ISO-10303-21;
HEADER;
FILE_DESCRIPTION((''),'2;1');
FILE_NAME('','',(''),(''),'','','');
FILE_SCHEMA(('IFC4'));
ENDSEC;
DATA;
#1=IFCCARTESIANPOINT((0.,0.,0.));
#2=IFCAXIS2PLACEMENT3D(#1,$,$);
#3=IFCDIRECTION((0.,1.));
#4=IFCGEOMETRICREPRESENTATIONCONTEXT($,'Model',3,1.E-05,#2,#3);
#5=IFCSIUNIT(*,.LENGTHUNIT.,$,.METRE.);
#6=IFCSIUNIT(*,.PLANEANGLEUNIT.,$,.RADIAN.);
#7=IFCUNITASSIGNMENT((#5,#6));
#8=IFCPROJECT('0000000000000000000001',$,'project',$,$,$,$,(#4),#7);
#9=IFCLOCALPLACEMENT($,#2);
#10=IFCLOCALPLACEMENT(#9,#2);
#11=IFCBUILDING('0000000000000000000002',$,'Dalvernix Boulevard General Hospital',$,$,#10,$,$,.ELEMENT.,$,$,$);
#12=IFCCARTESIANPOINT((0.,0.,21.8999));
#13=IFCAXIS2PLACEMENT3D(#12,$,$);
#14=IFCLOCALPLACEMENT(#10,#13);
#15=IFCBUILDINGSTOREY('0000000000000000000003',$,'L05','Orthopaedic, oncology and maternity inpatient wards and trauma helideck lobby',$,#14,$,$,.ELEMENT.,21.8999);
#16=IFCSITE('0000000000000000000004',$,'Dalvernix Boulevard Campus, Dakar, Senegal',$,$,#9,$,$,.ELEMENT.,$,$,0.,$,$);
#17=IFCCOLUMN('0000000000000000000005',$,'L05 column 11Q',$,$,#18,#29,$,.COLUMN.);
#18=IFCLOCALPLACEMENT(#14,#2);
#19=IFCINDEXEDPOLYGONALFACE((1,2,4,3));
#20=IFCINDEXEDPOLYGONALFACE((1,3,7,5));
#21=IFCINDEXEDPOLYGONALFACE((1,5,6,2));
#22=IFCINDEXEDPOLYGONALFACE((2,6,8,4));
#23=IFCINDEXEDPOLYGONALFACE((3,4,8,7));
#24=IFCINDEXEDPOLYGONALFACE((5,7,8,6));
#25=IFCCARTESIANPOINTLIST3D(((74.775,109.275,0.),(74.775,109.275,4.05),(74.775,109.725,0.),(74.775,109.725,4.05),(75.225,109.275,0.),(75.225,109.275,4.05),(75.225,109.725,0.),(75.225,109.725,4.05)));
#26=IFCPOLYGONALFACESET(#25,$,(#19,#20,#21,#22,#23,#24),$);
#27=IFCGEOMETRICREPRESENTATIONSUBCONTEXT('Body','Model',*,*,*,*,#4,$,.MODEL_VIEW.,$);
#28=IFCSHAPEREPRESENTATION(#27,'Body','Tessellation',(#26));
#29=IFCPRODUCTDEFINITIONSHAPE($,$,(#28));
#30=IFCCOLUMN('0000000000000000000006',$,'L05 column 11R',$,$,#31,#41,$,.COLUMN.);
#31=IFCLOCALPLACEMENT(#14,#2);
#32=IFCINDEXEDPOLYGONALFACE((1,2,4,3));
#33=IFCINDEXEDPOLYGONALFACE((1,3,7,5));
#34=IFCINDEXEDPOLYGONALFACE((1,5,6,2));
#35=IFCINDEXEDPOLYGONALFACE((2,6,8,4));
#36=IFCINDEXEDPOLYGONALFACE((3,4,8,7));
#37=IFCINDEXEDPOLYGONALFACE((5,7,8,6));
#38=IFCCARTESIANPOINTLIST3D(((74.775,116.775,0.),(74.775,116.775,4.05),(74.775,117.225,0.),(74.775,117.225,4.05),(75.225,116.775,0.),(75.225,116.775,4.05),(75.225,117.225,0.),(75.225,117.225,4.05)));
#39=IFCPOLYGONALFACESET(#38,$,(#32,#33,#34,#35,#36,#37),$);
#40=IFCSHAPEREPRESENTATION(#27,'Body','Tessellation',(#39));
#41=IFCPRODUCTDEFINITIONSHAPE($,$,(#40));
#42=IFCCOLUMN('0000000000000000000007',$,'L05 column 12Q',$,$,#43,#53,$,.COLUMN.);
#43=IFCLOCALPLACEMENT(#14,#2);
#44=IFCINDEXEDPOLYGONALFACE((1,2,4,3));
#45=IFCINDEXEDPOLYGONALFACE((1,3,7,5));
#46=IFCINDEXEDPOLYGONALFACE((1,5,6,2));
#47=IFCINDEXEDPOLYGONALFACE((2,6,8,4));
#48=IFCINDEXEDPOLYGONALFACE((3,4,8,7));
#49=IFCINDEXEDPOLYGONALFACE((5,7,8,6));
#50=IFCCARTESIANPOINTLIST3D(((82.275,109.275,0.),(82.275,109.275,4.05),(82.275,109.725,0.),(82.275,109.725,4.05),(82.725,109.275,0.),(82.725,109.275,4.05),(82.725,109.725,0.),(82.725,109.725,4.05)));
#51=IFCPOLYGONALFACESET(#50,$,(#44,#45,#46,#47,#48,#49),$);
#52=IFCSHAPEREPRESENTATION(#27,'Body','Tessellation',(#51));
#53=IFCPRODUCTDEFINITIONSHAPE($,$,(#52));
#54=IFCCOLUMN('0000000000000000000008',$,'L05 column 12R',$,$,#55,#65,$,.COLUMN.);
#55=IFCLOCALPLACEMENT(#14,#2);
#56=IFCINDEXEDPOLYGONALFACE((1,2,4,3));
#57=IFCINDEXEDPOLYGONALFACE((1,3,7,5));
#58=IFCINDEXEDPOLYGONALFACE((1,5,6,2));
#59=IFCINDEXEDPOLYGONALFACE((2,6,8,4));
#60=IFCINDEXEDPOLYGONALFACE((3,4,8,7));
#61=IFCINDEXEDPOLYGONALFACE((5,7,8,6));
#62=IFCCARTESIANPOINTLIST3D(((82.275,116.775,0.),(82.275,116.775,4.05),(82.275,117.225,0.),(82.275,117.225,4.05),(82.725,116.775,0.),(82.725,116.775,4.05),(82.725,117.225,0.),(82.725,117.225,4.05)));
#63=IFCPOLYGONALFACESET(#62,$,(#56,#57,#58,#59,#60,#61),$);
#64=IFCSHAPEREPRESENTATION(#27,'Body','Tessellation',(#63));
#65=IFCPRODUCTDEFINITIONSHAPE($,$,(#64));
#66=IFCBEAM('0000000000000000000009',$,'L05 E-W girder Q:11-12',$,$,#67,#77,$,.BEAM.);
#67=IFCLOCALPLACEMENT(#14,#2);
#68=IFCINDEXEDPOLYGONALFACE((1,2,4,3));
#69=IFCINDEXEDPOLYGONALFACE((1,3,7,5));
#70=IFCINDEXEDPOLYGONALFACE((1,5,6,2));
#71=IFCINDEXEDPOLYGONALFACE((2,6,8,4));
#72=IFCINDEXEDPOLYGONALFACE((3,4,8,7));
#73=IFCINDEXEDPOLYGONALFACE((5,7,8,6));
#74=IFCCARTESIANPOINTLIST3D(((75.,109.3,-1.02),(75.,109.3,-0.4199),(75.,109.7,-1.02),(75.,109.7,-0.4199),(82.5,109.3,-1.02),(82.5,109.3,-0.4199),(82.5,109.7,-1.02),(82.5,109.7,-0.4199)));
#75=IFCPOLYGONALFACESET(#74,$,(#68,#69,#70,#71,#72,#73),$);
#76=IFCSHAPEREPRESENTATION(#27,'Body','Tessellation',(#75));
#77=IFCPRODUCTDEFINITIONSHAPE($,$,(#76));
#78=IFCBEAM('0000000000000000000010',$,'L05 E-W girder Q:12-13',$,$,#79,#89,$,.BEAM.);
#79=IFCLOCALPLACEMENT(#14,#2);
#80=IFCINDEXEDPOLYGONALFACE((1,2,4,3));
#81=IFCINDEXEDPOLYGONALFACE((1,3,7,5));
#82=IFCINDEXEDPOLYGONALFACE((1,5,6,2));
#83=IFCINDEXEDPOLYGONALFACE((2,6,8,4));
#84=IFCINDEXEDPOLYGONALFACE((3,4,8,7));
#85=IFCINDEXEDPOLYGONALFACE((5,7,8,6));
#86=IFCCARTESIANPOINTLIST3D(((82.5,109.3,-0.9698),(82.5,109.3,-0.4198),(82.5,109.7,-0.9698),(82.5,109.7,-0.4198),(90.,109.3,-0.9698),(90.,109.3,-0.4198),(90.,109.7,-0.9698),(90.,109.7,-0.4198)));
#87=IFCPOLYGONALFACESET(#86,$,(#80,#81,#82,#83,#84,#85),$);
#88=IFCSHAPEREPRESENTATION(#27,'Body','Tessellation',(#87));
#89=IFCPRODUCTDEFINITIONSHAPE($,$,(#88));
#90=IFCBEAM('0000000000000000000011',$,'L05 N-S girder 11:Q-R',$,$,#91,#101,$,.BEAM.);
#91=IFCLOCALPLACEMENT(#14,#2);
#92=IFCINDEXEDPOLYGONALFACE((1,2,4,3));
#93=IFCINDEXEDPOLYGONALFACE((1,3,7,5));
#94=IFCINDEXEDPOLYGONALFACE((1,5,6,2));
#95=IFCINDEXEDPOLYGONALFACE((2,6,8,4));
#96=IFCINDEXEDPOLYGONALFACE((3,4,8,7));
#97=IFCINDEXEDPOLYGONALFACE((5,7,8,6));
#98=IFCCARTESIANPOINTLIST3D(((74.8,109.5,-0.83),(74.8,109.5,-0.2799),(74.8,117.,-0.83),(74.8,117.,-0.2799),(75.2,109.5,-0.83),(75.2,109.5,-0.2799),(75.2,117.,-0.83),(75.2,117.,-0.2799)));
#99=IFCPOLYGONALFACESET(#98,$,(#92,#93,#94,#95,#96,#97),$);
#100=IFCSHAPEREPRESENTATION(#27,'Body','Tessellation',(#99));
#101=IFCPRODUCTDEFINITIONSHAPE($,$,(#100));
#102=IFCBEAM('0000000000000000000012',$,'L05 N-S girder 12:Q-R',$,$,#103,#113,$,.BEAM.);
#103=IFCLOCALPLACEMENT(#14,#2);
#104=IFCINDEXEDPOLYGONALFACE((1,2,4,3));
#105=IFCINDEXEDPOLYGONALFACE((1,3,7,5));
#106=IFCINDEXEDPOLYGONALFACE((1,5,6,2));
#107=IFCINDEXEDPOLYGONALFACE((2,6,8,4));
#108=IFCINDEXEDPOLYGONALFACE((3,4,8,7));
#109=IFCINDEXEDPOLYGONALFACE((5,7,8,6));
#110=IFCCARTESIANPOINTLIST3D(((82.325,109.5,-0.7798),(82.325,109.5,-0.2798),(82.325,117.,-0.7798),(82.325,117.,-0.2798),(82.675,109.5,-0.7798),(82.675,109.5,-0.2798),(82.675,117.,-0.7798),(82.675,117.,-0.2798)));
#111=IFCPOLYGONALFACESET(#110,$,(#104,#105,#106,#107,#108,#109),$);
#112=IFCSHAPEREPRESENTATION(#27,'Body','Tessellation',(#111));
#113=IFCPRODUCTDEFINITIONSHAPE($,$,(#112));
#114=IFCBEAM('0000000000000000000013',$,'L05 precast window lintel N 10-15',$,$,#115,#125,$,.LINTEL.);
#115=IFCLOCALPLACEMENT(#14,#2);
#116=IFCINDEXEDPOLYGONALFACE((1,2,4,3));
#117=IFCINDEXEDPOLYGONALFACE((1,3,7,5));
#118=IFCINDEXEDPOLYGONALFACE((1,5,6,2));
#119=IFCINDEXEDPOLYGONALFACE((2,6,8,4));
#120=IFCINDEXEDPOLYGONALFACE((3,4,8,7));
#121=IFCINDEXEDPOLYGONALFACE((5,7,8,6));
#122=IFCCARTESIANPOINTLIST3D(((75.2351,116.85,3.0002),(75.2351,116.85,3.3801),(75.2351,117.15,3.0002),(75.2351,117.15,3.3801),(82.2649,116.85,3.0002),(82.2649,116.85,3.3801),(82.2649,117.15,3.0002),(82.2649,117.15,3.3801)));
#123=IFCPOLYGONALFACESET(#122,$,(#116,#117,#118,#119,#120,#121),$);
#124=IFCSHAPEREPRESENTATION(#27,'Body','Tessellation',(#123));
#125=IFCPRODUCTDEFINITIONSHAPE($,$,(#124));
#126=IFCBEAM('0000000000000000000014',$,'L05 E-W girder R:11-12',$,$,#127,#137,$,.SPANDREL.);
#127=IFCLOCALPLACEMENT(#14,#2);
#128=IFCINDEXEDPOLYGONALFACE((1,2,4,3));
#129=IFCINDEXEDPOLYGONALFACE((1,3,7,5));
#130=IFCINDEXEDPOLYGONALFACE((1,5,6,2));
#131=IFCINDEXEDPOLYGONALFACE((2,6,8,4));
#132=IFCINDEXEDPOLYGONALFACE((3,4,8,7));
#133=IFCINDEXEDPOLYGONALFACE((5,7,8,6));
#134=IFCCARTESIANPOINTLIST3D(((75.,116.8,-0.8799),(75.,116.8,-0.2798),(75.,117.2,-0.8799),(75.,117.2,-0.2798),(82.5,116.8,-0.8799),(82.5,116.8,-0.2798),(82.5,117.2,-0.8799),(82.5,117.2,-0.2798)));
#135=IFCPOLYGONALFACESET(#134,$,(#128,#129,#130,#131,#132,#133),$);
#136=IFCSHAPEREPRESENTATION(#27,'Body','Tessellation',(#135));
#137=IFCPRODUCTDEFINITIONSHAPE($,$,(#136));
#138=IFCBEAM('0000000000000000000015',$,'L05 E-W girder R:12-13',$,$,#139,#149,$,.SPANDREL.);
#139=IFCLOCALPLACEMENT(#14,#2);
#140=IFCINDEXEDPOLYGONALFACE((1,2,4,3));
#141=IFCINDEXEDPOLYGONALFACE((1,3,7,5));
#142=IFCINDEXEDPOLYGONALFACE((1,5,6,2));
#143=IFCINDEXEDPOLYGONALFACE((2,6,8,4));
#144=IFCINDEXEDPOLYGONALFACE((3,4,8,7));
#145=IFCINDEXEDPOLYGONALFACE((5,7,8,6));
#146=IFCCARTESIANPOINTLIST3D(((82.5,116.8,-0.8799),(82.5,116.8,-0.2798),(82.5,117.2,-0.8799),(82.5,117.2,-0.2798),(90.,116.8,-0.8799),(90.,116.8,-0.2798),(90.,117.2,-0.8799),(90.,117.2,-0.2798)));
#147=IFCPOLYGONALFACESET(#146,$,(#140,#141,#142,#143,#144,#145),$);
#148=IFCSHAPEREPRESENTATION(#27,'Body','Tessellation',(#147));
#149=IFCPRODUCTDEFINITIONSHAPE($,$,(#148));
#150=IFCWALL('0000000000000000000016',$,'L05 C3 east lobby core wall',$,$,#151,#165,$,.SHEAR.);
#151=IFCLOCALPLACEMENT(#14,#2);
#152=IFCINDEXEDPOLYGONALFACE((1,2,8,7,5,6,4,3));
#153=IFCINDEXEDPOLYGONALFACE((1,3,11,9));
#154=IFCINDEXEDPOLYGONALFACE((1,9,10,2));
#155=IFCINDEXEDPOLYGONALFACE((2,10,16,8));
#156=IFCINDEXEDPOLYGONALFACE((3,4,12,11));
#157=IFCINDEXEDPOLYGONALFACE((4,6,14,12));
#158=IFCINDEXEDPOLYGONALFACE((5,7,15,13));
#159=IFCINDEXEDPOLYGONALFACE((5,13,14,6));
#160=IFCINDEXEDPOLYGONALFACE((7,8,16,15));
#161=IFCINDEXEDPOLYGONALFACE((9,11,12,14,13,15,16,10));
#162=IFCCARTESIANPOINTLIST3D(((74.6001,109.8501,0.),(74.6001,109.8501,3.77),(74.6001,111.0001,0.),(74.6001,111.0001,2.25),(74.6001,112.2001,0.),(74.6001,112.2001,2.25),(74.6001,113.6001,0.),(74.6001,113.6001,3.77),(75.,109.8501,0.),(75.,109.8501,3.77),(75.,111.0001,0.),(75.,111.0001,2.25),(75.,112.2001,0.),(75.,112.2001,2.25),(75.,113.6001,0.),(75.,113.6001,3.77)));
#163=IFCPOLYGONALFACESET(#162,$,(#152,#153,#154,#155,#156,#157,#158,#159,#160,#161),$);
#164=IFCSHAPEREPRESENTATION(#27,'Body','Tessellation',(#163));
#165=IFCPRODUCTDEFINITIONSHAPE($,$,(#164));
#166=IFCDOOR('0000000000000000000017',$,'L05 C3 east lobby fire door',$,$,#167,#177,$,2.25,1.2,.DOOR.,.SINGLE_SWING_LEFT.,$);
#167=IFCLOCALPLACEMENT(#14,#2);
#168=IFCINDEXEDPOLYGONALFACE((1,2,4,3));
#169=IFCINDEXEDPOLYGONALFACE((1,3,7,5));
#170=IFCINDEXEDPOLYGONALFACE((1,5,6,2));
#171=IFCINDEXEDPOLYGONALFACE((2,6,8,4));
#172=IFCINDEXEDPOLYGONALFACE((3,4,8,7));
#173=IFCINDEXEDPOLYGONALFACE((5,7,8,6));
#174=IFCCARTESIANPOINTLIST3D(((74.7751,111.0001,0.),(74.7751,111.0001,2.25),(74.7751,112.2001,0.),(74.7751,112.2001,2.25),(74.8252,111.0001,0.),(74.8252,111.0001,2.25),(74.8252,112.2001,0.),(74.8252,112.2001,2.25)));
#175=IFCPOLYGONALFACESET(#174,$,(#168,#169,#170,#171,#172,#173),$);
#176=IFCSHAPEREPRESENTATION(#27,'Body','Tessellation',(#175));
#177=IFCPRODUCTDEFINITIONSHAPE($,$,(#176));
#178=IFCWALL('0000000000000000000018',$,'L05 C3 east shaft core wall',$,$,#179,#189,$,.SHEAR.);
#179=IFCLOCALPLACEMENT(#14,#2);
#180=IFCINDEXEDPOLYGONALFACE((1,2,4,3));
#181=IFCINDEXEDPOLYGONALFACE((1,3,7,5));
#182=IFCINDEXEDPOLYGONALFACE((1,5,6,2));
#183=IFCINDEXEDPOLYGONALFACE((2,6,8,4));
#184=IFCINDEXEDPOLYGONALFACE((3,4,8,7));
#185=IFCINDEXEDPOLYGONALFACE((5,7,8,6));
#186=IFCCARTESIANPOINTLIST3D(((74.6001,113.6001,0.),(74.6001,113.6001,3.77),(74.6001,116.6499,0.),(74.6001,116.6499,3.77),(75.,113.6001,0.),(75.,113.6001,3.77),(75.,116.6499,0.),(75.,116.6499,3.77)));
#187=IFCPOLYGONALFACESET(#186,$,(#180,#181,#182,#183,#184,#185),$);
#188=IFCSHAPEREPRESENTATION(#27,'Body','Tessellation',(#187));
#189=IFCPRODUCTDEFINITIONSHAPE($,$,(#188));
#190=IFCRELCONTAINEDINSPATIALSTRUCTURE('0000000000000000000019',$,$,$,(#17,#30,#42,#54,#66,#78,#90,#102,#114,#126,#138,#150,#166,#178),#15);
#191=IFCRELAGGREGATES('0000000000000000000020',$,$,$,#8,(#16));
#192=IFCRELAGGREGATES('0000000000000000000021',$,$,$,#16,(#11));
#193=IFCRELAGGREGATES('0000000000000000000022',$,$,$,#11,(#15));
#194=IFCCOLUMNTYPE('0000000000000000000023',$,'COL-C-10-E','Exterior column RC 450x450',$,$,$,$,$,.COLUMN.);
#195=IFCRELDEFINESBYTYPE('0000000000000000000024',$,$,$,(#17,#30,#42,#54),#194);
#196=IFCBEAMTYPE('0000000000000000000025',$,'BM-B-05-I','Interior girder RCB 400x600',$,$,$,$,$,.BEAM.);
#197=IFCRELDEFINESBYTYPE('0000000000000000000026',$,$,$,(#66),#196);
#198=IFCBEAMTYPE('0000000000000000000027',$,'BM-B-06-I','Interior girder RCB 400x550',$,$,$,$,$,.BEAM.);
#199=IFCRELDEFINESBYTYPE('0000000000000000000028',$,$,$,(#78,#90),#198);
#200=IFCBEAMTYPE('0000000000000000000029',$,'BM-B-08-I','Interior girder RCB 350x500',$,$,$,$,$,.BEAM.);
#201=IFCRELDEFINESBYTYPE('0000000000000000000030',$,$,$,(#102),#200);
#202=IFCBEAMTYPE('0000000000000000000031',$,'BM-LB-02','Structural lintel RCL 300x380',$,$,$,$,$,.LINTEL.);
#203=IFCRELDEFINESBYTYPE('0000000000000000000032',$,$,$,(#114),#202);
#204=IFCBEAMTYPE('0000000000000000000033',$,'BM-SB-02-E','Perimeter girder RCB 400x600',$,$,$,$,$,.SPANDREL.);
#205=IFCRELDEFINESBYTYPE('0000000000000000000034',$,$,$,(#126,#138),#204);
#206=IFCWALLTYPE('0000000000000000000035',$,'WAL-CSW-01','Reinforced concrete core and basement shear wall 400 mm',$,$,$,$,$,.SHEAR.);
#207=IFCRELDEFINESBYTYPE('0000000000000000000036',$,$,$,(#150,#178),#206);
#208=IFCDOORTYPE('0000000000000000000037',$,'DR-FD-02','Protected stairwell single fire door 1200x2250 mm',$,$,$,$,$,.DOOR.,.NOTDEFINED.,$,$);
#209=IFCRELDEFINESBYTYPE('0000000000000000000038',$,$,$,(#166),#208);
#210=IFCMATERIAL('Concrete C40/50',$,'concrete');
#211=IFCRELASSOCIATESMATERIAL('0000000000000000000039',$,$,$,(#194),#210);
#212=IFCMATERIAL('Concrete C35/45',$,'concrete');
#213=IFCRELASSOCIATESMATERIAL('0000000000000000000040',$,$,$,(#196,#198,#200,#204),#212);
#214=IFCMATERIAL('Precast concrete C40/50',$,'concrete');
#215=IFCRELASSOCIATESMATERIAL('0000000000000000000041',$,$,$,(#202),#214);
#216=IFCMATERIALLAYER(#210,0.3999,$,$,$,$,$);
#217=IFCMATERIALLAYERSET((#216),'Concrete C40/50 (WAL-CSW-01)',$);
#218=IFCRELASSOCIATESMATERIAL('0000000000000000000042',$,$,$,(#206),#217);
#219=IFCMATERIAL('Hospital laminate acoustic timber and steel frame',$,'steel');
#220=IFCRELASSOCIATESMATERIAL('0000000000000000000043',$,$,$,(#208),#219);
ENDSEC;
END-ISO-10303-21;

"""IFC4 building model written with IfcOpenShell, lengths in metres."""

from ifc_helpers import new_model, si_unit, direction, frame, frame_2d, origin, origin_2d, place, context, subcontext, project, spatial, rectangle, extrude, material, layer, layer_set, material_profile, profile_set, type_object, element, fill, save


model = new_model("IFC4")

# Units and contexts
model_context = context("Model", 3, precision=1e-05, world=origin(), true_north=direction((0.0, 1.0)))
body_context = subcontext(model_context, "Body", "Model", "MODEL_VIEW")
ifc_project = project(units=[si_unit("LENGTHUNIT", "METRE"), si_unit("PLANEANGLEUNIT", "RADIAN")], contexts=[model_context])

# Site, building, storey
site_placement = place(None, origin())
site = spatial("IfcSite", under=ifc_project, at=site_placement, Name="Dalvernix Boulevard Campus, Dakar, Senegal", CompositionType="ELEMENT", RefElevation=0.0)
building_placement = place(site_placement, origin())
building = spatial("IfcBuilding", under=site, at=building_placement, Name="Dalvernix Boulevard General Hospital", CompositionType="ELEMENT")
storey_placement = place(building_placement, frame((0.0, 0.0, 21.8999)))
storey = spatial("IfcBuildingStorey", under=building, at=storey_placement, Name="L05", Description="Orthopaedic, oncology and maternity inpatient wards and trauma helideck lobby", CompositionType="ELEMENT", Elevation=21.8999)

# Columns
ifc_material_1 = material(Name="Concrete C40/50", Category="concrete")
ifc_material_profile_1 = material_profile(ifc_material_1, rectangle(XDim=0.45, YDim=0.45, at=origin_2d()), Name="RC 450x450")
ifc_profile_set_1 = profile_set([ifc_material_profile_1], Name="Concrete C40/50")
column_type = type_object("IfcColumnType", Name="COL-C-10-E", Description="Exterior column RC 450x450", PredefinedType="COLUMN", material=ifc_profile_set_1)
for number, where, z_axis, x_axis, name in (
    (1, (75.0, 109.5, 0.0), (0.0, 0.0, 1.0), (1.0, 0.0, 0.0), "L05 column 11Q"),
    (2, (75.0, 117.0, 0.0), (0.0, 0.0, 1.0), (1.0, 0.0, 0.0), "L05 column 11R"),
    (3, (82.5, 109.5, 0.0), (0.0, 0.0, 1.0), (1.0, 0.0, 0.0), "L05 column 12Q"),
    (4, (82.5, 117.0, 0.0), (0.0, 0.0, 1.0), (1.0, 0.0, 0.0), "L05 column 12R"),
):
    element("IfcColumn", number, at=place(storey_placement, frame(where, z_axis=z_axis, x_axis=x_axis)), inside=storey, type_object=column_type, Name=name, PredefinedType="COLUMN", context=body_context, shape_type="SweptSolid", body=[
        extrude(rectangle(XDim=0.45, YDim=0.45, at=origin_2d()), origin(), (0.0, 0.0, 1.0), 4.05),
    ])

# Beams
ifc_material_2 = material(Name="Concrete C35/45", Category="concrete")
ifc_material_profile_2 = material_profile(ifc_material_2, rectangle(XDim=0.3999, YDim=0.6001, at=origin_2d()), Name="RCB 400x600")
ifc_profile_set_2 = profile_set([ifc_material_profile_2], Name="Concrete C35/45")
beam_type_1 = type_object("IfcBeamType", Name="BM-B-05-I", Description="Interior girder RCB 400x600", PredefinedType="BEAM", material=ifc_profile_set_2)
beam_1_placement = place(storey_placement, frame((75.0, 109.5, -0.72), z_axis=(1.0, 0.0, 0.0), x_axis=(0.0, 1.0, 0.0)))
element("IfcBeam", 5, at=beam_1_placement, inside=storey, type_object=beam_type_1, Name="L05 E-W girder Q:11-12", PredefinedType="BEAM", context=body_context, shape_type="SweptSolid", body=[
    extrude(rectangle(XDim=0.3999, YDim=0.6001, at=origin_2d()), origin(), (0.0, 0.0, 1.0), 7.5),
])
ifc_material_profile_3 = material_profile(ifc_material_2, rectangle(XDim=0.3999, YDim=0.55, at=origin_2d()), Name="RCB 400x550")
ifc_profile_set_3 = profile_set([ifc_material_profile_3], Name="Concrete C35/45")
beam_type_2 = type_object("IfcBeamType", Name="BM-B-06-I", Description="Interior girder RCB 400x550", PredefinedType="BEAM", material=ifc_profile_set_3)
for number, where, z_axis, x_axis, name in (
    (6, (82.5, 109.5, -0.6948), (1.0, 0.0, 0.0), (0.0, 1.0, 0.0), "L05 E-W girder Q:12-13"),
    (7, (75.0, 109.5, -0.5549), (0.0, 1.0, 0.0), (-1.0, 0.0, 0.0), "L05 N-S girder 11:Q-R"),
):
    element("IfcBeam", number, at=place(storey_placement, frame(where, z_axis=z_axis, x_axis=x_axis)), inside=storey, type_object=beam_type_2, Name=name, PredefinedType="BEAM", context=body_context, shape_type="SweptSolid", body=[
        extrude(rectangle(XDim=0.3999, YDim=0.55, at=origin_2d()), origin(), (0.0, 0.0, 1.0), 7.5),
    ])
ifc_material_profile_4 = material_profile(ifc_material_2, rectangle(XDim=0.3501, YDim=0.5, at=origin_2d()), Name="RCB 350x500")
ifc_profile_set_4 = profile_set([ifc_material_profile_4], Name="Concrete C35/45")
beam_type_3 = type_object("IfcBeamType", Name="BM-B-08-I", Description="Interior girder RCB 350x500", PredefinedType="BEAM", material=ifc_profile_set_4)
beam_2_placement = place(storey_placement, frame((82.5, 109.5, -0.5298), z_axis=(0.0, 1.0, 0.0), x_axis=(-1.0, 0.0, 0.0)))
element("IfcBeam", 8, at=beam_2_placement, inside=storey, type_object=beam_type_3, Name="L05 N-S girder 12:Q-R", PredefinedType="BEAM", context=body_context, shape_type="SweptSolid", body=[
    extrude(rectangle(XDim=0.3501, YDim=0.5, at=origin_2d()), origin(), (0.0, 0.0, 1.0), 7.5),
])
ifc_material_3 = material(Name="Precast concrete C40/50", Category="concrete")
ifc_material_profile_5 = material_profile(ifc_material_3, rectangle(XDim=0.3, YDim=0.3799, at=origin_2d()), Name="RCL 300x380")
ifc_profile_set_5 = profile_set([ifc_material_profile_5], Name="Precast concrete C40/50")
beam_type_4 = type_object("IfcBeamType", Name="BM-LB-02", Description="Structural lintel RCL 300x380", PredefinedType="LINTEL", material=ifc_profile_set_5)
beam_3_placement = place(storey_placement, frame((75.2351, 117.0, 3.1902), z_axis=(1.0, 0.0, 0.0), x_axis=(0.0, 1.0, 0.0)))
element("IfcBeam", 9, at=beam_3_placement, inside=storey, type_object=beam_type_4, Name="L05 precast window lintel N 10-15", PredefinedType="LINTEL", context=body_context, shape_type="SweptSolid", body=[
    extrude(rectangle(XDim=0.3, YDim=0.3799, at=origin_2d()), origin(), (0.0, 0.0, 1.0), 7.0298),
])
ifc_material_profile_6 = material_profile(ifc_material_2, rectangle(XDim=0.3999, YDim=0.6001, at=origin_2d()), Name="RCB 400x600")
ifc_profile_set_6 = profile_set([ifc_material_profile_6], Name="Concrete C35/45")
beam_type_5 = type_object("IfcBeamType", Name="BM-SB-02-E", Description="Perimeter girder RCB 400x600", PredefinedType="SPANDREL", material=ifc_profile_set_6)
for number, where, z_axis, x_axis, name in (
    (10, (75.0, 117.0, -0.5798), (1.0, 0.0, 0.0), (0.0, 1.0, 0.0), "L05 E-W girder R:11-12"),
    (11, (82.5, 117.0, -0.5798), (1.0, 0.0, 0.0), (0.0, 1.0, 0.0), "L05 E-W girder R:12-13"),
):
    element("IfcBeam", number, at=place(storey_placement, frame(where, z_axis=z_axis, x_axis=x_axis)), inside=storey, type_object=beam_type_5, Name=name, PredefinedType="SPANDREL", context=body_context, shape_type="SweptSolid", body=[
        extrude(rectangle(XDim=0.3999, YDim=0.6001, at=origin_2d()), origin(), (0.0, 0.0, 1.0), 7.5),
    ])

# Wall, opening, door
ifc_layer_1 = layer(ifc_material_1, 0.3999)
ifc_layer_set_1 = layer_set([ifc_layer_1], Name="Concrete C40/50 (WAL-CSW-01)")
wall_type_1 = type_object("IfcWallType", Name="WAL-CSW-01", Description="Reinforced concrete core and basement shear wall 400 mm", PredefinedType="SHEAR", material=ifc_layer_set_1)
wall_1_placement = place(storey_placement, frame((74.8, 109.8501, 0.0), z_axis=(0.0, 0.0, 1.0), x_axis=(0.0, 1.0, 0.0)))
wall_1 = element("IfcWall", 12, at=wall_1_placement, inside=storey, type_object=wall_type_1, Name="L05 C3 east lobby core wall", PredefinedType="SHEAR", context=body_context, shape_type="SweptSolid", body=[
    extrude(rectangle(XDim=3.75, YDim=0.3999, at=frame_2d((1.875, 0.0))), origin(), (0.0, 0.0, 1.0), 3.77),
])
opening_1_placement = place(wall_1_placement, frame((1.1499, 0.0, 0.0)))
opening_1 = element("IfcOpeningElement", 13, at=opening_1_placement, cuts=wall_1, PredefinedType="OPENING", context=body_context, shape_type="SweptSolid", body=[
    extrude(rectangle(XDim=1.2, YDim=2.25, at=frame_2d((0.6001, 1.125))), frame((0.0, 0.21, 0.0), z_axis=(0.0, -1.0, 0.0), x_axis=(1.0, 0.0, 0.0)), (0.0, 0.0, 1.0), 0.4199),
])
ifc_material_4 = material(Name="Hospital laminate acoustic timber and steel frame", Category="steel")
door_type_1 = type_object("IfcDoorType", Name="DR-FD-02", Description="Protected stairwell single fire door 1200x2250 mm", OperationType="NOTDEFINED", PredefinedType="DOOR", material=ifc_material_4)
door_1_placement = place(opening_1_placement, origin())
door_1 = element("IfcDoor", 14, at=door_1_placement, inside=storey, type_object=door_type_1, Name="L05 C3 east lobby fire door", OperationType="SINGLE_SWING_LEFT", OverallHeight=2.25, OverallWidth=1.2, PredefinedType="DOOR", context=body_context, shape_type="SweptSolid", body=[
    extrude(rectangle(XDim=1.2, YDim=2.25, at=frame_2d((0.6001, 1.125))), frame((0.0, 0.0249, 0.0), z_axis=(0.0, -1.0, 0.0), x_axis=(1.0, 0.0, 0.0)), (0.0, 0.0, 1.0), 0.05),
])
fill(opening_1, door_1)

# Wall
wall_2_placement = place(storey_placement, frame((74.8, 113.6001, 0.0), z_axis=(0.0, 0.0, 1.0), x_axis=(0.0, 1.0, 0.0)))
element("IfcWall", 15, at=wall_2_placement, inside=storey, type_object=wall_type_1, Name="L05 C3 east shaft core wall", PredefinedType="SHEAR", context=body_context, shape_type="SweptSolid", body=[
    extrude(rectangle(XDim=3.0498, YDim=0.3999, at=frame_2d((1.5249, 0.0))), origin(), (0.0, 0.0, 1.0), 3.77),
])

save(model, "model.ifc")
